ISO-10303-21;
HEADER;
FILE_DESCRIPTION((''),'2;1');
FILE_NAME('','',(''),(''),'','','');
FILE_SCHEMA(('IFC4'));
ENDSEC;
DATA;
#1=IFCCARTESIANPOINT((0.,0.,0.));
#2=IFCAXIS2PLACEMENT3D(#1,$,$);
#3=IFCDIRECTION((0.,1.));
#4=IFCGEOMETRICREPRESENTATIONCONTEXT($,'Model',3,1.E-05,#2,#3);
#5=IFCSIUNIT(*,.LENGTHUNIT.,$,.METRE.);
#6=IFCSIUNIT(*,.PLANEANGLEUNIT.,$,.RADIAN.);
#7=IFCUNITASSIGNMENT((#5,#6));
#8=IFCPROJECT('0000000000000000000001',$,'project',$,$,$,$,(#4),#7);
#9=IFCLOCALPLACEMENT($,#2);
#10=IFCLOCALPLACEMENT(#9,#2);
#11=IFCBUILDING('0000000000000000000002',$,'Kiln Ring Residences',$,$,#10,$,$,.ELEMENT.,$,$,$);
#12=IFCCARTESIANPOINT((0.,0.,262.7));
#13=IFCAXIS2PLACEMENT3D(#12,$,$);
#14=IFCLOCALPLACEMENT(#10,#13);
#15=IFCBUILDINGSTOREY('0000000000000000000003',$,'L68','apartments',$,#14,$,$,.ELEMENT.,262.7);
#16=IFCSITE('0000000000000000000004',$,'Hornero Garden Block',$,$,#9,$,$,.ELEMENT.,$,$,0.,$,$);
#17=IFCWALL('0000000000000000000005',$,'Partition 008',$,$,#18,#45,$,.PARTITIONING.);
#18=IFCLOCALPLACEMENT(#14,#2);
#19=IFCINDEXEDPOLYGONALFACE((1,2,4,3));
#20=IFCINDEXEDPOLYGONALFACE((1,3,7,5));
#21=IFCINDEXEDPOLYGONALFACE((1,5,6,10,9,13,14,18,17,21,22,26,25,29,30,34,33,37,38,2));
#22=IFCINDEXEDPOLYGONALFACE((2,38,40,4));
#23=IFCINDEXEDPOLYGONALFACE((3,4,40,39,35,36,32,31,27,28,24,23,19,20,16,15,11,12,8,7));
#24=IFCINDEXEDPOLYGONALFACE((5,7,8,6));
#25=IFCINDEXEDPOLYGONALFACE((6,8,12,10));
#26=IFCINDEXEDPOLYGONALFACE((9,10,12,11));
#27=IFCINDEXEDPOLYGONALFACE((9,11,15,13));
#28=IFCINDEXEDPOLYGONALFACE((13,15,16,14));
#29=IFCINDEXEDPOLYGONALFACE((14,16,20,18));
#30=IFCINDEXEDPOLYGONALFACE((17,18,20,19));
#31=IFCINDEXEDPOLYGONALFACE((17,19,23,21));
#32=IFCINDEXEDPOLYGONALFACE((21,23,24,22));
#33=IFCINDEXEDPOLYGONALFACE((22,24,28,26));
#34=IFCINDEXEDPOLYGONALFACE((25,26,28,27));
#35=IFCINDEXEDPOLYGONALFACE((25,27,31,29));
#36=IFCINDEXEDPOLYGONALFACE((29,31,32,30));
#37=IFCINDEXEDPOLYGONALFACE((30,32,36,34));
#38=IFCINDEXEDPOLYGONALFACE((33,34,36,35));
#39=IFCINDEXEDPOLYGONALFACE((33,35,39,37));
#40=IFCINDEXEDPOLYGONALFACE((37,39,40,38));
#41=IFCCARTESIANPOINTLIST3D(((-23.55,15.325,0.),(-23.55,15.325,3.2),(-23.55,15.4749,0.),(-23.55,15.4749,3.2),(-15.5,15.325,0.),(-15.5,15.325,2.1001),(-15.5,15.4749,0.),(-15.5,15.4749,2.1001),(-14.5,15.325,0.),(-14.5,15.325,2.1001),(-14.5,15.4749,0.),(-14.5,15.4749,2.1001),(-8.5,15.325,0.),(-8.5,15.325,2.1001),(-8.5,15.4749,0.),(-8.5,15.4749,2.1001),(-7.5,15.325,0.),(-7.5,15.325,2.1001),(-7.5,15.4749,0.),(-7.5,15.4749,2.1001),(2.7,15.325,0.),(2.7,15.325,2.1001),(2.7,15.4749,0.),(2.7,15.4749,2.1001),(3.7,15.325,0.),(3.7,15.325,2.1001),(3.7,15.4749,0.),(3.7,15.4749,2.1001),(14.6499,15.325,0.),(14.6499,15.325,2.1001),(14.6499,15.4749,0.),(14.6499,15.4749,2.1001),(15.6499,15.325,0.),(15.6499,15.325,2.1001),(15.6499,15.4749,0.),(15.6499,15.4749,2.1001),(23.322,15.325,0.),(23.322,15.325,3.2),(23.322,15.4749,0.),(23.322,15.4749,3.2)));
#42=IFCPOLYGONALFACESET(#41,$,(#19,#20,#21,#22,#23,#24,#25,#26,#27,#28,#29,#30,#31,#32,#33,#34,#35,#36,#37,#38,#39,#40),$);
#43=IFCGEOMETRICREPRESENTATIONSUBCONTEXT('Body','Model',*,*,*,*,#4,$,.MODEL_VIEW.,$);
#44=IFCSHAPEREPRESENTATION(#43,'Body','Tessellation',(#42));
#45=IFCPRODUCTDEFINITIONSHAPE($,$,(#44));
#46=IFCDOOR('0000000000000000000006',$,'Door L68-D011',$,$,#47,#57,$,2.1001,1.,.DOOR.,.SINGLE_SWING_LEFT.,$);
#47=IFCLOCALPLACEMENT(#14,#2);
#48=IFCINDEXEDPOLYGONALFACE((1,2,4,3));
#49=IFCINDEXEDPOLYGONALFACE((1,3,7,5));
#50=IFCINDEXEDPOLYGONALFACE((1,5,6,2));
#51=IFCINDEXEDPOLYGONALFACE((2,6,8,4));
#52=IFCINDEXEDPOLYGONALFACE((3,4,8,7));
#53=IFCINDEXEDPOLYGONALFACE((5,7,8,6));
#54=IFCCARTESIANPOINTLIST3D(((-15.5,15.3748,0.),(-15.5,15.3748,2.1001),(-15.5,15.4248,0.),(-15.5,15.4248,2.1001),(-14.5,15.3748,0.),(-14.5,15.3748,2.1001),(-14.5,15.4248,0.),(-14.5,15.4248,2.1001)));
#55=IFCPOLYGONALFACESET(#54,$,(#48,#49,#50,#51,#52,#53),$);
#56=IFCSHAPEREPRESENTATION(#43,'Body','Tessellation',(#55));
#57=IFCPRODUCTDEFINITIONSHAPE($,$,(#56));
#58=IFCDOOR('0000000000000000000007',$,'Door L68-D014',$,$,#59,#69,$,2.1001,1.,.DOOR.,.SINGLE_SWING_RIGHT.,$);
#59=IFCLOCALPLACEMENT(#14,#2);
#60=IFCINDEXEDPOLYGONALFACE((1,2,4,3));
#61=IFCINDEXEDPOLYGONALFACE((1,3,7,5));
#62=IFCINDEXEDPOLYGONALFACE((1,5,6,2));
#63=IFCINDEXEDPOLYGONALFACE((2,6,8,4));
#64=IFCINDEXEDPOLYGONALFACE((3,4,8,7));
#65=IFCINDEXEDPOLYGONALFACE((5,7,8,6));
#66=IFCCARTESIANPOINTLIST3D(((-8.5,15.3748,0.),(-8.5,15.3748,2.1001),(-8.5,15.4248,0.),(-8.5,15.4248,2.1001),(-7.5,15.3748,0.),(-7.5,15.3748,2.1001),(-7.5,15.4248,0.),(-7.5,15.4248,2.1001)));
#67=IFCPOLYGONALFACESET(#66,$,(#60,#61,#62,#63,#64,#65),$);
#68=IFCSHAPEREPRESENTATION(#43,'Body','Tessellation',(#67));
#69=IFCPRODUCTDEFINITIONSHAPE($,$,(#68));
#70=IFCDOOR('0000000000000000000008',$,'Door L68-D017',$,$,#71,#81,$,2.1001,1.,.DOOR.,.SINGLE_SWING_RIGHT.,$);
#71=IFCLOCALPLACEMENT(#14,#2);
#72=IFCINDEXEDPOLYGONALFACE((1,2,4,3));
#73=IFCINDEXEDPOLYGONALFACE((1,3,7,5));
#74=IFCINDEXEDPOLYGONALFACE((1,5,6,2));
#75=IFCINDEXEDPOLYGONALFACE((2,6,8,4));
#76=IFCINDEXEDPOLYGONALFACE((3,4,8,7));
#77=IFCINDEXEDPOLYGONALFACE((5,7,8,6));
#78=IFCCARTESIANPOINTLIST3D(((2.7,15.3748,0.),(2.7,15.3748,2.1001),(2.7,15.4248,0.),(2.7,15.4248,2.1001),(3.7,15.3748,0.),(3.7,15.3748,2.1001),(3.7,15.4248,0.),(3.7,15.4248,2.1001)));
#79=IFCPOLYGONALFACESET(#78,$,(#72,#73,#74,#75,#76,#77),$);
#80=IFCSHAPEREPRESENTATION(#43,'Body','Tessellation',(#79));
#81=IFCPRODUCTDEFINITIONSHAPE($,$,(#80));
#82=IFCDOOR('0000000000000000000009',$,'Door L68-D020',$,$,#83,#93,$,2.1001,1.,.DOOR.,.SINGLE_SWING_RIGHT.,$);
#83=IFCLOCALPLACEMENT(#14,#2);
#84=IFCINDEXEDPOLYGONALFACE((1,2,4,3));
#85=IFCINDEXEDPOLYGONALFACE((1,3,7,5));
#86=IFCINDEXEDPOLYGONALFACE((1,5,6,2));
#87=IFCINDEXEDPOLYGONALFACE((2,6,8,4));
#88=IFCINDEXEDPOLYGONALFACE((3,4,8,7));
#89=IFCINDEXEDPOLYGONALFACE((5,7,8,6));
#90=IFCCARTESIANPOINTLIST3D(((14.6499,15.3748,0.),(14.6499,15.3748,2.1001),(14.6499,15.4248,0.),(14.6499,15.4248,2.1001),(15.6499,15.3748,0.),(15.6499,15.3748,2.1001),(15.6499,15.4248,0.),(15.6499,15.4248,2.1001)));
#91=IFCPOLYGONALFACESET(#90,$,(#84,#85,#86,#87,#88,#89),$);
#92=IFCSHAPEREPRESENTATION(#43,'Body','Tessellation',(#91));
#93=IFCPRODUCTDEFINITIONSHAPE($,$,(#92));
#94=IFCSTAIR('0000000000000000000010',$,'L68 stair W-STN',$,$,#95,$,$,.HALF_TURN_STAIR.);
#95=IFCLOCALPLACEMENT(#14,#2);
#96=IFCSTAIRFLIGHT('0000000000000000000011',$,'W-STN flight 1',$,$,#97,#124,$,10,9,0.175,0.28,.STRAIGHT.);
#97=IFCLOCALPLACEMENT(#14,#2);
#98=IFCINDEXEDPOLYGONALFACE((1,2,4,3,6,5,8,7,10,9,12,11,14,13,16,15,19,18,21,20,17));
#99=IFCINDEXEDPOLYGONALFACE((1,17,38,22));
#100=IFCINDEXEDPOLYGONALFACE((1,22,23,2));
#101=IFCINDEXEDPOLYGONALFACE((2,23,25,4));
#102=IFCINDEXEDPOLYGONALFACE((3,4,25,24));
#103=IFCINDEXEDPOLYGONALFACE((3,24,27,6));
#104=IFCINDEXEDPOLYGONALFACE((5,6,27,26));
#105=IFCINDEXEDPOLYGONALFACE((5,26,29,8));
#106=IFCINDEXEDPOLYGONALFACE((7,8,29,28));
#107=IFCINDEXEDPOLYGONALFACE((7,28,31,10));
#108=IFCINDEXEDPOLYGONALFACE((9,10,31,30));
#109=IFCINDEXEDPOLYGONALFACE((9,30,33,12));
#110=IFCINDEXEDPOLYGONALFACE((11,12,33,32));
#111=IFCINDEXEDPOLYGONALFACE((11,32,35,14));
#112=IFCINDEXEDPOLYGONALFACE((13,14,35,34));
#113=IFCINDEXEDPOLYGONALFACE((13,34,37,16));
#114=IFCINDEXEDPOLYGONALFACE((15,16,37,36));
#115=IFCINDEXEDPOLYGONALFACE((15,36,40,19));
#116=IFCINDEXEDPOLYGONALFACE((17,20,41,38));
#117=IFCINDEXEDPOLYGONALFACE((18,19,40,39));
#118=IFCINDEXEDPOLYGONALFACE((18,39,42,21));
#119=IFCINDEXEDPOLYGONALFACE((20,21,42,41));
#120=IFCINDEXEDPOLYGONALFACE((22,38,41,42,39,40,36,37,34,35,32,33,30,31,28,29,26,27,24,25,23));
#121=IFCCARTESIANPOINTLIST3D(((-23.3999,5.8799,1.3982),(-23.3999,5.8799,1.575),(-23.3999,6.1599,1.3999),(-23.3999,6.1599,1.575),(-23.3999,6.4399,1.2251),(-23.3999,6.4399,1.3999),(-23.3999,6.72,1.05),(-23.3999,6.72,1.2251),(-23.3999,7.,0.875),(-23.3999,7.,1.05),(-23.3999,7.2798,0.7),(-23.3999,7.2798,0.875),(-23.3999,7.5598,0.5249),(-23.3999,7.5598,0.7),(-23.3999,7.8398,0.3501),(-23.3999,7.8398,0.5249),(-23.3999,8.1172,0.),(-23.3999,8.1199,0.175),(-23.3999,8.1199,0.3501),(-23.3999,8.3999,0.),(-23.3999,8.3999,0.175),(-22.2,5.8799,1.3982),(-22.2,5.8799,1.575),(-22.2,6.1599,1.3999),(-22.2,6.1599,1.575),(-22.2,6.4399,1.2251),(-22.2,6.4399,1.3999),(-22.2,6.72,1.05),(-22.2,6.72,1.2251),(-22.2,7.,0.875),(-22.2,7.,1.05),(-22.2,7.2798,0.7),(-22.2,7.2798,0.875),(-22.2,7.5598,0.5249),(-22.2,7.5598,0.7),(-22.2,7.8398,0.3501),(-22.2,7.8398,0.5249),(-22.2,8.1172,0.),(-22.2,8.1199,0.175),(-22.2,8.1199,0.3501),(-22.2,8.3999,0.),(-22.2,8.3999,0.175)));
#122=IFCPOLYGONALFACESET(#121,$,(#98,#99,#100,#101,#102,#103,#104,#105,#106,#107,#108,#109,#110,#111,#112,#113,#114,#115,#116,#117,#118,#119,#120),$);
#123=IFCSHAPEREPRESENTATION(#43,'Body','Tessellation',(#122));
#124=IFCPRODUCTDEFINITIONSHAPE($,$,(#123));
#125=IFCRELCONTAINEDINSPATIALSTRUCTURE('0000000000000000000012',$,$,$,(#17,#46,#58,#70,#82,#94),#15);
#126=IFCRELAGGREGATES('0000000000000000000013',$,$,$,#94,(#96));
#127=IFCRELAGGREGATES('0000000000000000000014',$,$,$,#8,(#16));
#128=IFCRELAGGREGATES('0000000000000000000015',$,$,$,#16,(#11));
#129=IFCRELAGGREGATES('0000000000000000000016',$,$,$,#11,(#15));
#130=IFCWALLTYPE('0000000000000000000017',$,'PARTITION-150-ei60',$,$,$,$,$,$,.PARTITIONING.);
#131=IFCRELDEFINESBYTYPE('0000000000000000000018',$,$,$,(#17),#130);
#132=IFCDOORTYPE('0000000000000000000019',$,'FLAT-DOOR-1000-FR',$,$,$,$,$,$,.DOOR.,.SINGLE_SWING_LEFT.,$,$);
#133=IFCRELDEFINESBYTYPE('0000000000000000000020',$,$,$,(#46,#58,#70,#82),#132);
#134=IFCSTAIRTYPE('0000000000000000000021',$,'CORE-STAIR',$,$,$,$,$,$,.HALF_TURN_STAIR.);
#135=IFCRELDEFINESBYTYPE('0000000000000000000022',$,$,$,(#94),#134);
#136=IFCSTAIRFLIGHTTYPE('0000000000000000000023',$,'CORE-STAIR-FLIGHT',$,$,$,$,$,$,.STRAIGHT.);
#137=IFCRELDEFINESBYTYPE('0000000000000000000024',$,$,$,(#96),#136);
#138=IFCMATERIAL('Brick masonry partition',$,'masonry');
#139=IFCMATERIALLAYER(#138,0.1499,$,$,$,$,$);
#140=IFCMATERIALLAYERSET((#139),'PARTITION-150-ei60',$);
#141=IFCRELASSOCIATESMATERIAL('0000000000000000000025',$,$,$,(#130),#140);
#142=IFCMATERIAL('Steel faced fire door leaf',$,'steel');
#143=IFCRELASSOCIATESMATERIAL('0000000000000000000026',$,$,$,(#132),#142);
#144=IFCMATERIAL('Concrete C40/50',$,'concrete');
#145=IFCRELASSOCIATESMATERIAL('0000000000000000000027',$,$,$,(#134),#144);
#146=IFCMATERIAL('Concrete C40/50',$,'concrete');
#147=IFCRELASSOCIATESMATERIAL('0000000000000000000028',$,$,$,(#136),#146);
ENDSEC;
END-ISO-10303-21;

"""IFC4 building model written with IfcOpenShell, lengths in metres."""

from ifc_helpers import new_model, si_unit, direction, frame, frame_2d, origin, place, context, subcontext, project, spatial, polyline, rectangle, outline, extrude, material, layer, layer_set, type_object, element, fill, aggregate, save


model = new_model("IFC4")

# Units and contexts
model_context = context("Model", 3, precision=1e-05, world=origin(), true_north=direction((0.0, 1.0)))
body_context = subcontext(model_context, "Body", "Model", "MODEL_VIEW")
ifc_project = project(units=[si_unit("LENGTHUNIT", "METRE"), si_unit("PLANEANGLEUNIT", "RADIAN")], contexts=[model_context])

# Site, building, storey
site_placement = place(None, origin())
site = spatial("IfcSite", under=ifc_project, at=site_placement, Name="Hornero Garden Block", CompositionType="ELEMENT", RefElevation=0.0)
building_placement = place(site_placement, origin())
building = spatial("IfcBuilding", under=site, at=building_placement, Name="Kiln Ring Residences", CompositionType="ELEMENT")
storey_placement = place(building_placement, frame((0.0, 0.0, 262.7)))
storey = spatial("IfcBuildingStorey", under=building, at=storey_placement, Name="L68", Description="apartments", CompositionType="ELEMENT", Elevation=262.7)

# Wall, openings, doors
ifc_material_1 = material(Name="Brick masonry partition", Category="masonry")
ifc_layer_1 = layer(ifc_material_1, 0.1499)
ifc_layer_set_1 = layer_set([ifc_layer_1], Name="PARTITION-150-ei60")
wall_type_1 = type_object("IfcWallType", Name="PARTITION-150-ei60", PredefinedType="PARTITIONING", material=ifc_layer_set_1)
wall_1_placement = place(storey_placement, frame((-23.55, 15.3999, 0.0), z_axis=(0.0, 0.0, 1.0), x_axis=(1.0, 0.0, 0.0)))
wall_1 = element("IfcWall", 1, at=wall_1_placement, inside=storey, type_object=wall_type_1, Name="Partition 008", PredefinedType="PARTITIONING", context=body_context, shape_type="SweptSolid", body=[
    extrude(rectangle(XDim=46.8721, YDim=0.1499, at=frame_2d((23.436, 0.0))), origin(), (0.0, 0.0, 1.0), 3.2),
])
opening_1_placement = place(wall_1_placement, frame((8.05, 0.0, 0.0)))
opening_1 = element("IfcOpeningElement", 2, at=opening_1_placement, cuts=wall_1, PredefinedType="OPENING", context=body_context, shape_type="SweptSolid", body=[
    extrude(rectangle(XDim=1.0, YDim=2.1001, at=frame_2d((0.5, 1.05))), frame((0.0, 0.085, 0.0), z_axis=(0.0, -1.0, 0.0), x_axis=(1.0, 0.0, 0.0)), (0.0, 0.0, 1.0), 0.1699),
])
opening_2_placement = place(wall_1_placement, frame((15.05, 0.0, 0.0)))
opening_2 = element("IfcOpeningElement", 3, at=opening_2_placement, cuts=wall_1, PredefinedType="OPENING", context=body_context, shape_type="SweptSolid", body=[
    extrude(rectangle(XDim=1.0, YDim=2.1001, at=frame_2d((0.5, 1.05))), frame((0.0, 0.085, 0.0), z_axis=(0.0, -1.0, 0.0), x_axis=(1.0, 0.0, 0.0)), (0.0, 0.0, 1.0), 0.1699),
])
opening_3_placement = place(wall_1_placement, frame((26.25, 0.0, 0.0)))
opening_3 = element("IfcOpeningElement", 4, at=opening_3_placement, cuts=wall_1, PredefinedType="OPENING", context=body_context, shape_type="SweptSolid", body=[
    extrude(rectangle(XDim=1.0, YDim=2.1001, at=frame_2d((0.5, 1.05))), frame((0.0, 0.085, 0.0), z_axis=(0.0, -1.0, 0.0), x_axis=(1.0, 0.0, 0.0)), (0.0, 0.0, 1.0), 0.1699),
])
opening_4_placement = place(wall_1_placement, frame((38.2, 0.0, 0.0)))
opening_4 = element("IfcOpeningElement", 5, at=opening_4_placement, cuts=wall_1, PredefinedType="OPENING", context=body_context, shape_type="SweptSolid", body=[
    extrude(rectangle(XDim=1.0, YDim=2.1001, at=frame_2d((0.5, 1.05))), frame((0.0, 0.085, 0.0), z_axis=(0.0, -1.0, 0.0), x_axis=(1.0, 0.0, 0.0)), (0.0, 0.0, 1.0), 0.1699),
])
ifc_material_2 = material(Name="Steel faced fire door leaf", Category="steel")
door_type = type_object("IfcDoorType", Name="FLAT-DOOR-1000-FR", OperationType="SINGLE_SWING_LEFT", PredefinedType="DOOR", material=ifc_material_2)
door_1_placement = place(opening_1_placement, origin())
door_1 = element("IfcDoor", 6, at=door_1_placement, inside=storey, type_object=door_type, Name="Door L68-D011", OperationType="SINGLE_SWING_LEFT", OverallHeight=2.1001, OverallWidth=1.0, PredefinedType="DOOR", context=body_context, shape_type="SweptSolid", body=[
    extrude(rectangle(XDim=1.0, YDim=2.1001, at=frame_2d((0.5, 1.05))), frame((0.0, 0.0249, 0.0), z_axis=(0.0, -1.0, 0.0), x_axis=(1.0, 0.0, 0.0)), (0.0, 0.0, 1.0), 0.05),
])
fill(opening_1, door_1)
door_2_placement = place(opening_2_placement, origin())
door_2 = element("IfcDoor", 7, at=door_2_placement, inside=storey, type_object=door_type, Name="Door L68-D014", OperationType="SINGLE_SWING_RIGHT", OverallHeight=2.1001, OverallWidth=1.0, PredefinedType="DOOR", context=body_context, shape_type="SweptSolid", body=[
    extrude(rectangle(XDim=1.0, YDim=2.1001, at=frame_2d((0.5, 1.05))), frame((0.0, 0.0249, 0.0), z_axis=(0.0, -1.0, 0.0), x_axis=(1.0, 0.0, 0.0)), (0.0, 0.0, 1.0), 0.05),
])
fill(opening_2, door_2)
door_3_placement = place(opening_3_placement, origin())
door_3 = element("IfcDoor", 8, at=door_3_placement, inside=storey, type_object=door_type, Name="Door L68-D017", OperationType="SINGLE_SWING_RIGHT", OverallHeight=2.1001, OverallWidth=1.0, PredefinedType="DOOR", context=body_context, shape_type="SweptSolid", body=[
    extrude(rectangle(XDim=1.0, YDim=2.1001, at=frame_2d((0.5, 1.05))), frame((0.0, 0.0249, 0.0), z_axis=(0.0, -1.0, 0.0), x_axis=(1.0, 0.0, 0.0)), (0.0, 0.0, 1.0), 0.05),
])
fill(opening_3, door_3)
door_4_placement = place(opening_4_placement, origin())
door_4 = element("IfcDoor", 9, at=door_4_placement, inside=storey, type_object=door_type, Name="Door L68-D020", OperationType="SINGLE_SWING_RIGHT", OverallHeight=2.1001, OverallWidth=1.0, PredefinedType="DOOR", context=body_context, shape_type="SweptSolid", body=[
    extrude(rectangle(XDim=1.0, YDim=2.1001, at=frame_2d((0.5, 1.05))), frame((0.0, 0.0249, 0.0), z_axis=(0.0, -1.0, 0.0), x_axis=(1.0, 0.0, 0.0)), (0.0, 0.0, 1.0), 0.05),
])
fill(opening_4, door_4)

# Stair, stair flight
ifc_material_3 = material(Name="Concrete C40/50", Category="concrete")
stair_type = type_object("IfcStairType", Name="CORE-STAIR", PredefinedType="HALF_TURN_STAIR", material=ifc_material_3)
stair_placement = place(storey_placement, origin())
stair = element("IfcStair", 10, at=stair_placement, inside=storey, type_object=stair_type, Name="L68 stair W-STN", PredefinedType="HALF_TURN_STAIR")
ifc_material_4 = material(Name="Concrete C40/50", Category="concrete")
stair_flight_type = type_object("IfcStairFlightType", Name="CORE-STAIR-FLIGHT", PredefinedType="STRAIGHT", material=ifc_material_4)
stair_flight_placement = place(storey_placement, frame((-22.8, 8.3999, 0.0), z_axis=(0.0, 0.0, 1.0), x_axis=(0.0, -1.0, 0.0)))
stair_flight = element("IfcStairFlight", 11, at=stair_flight_placement, type_object=stair_flight_type, Name="W-STN flight 1", NumberOfRisers=10, NumberOfTreads=9, PredefinedType="STRAIGHT", RiserHeight=0.175, TreadLength=0.28, context=body_context, shape_type="SweptSolid", body=[
    extrude(outline(polyline([(0.0, 0.0), (0.0, 0.175), (0.28, 0.175), (0.28, 0.3501), (0.5601, 0.3501), (0.5601, 0.5249), (0.8401, 0.5249), (0.8401, 0.7), (1.1201, 0.7), (1.1201, 0.875), (1.3999, 0.875), (1.3999, 1.05), (1.6799, 1.05), (1.6799, 1.2251), (1.96, 1.2251), (1.96, 1.3999), (2.24, 1.3999), (2.24, 1.575), (2.52, 1.575), (2.52, 1.75), (2.52, 1.3982), (0.2827, 0.0), (0.0, 0.0)])), frame((0.0, 0.6001, 0.0), z_axis=(0.0, -1.0, 0.0), x_axis=(1.0, 0.0, 0.0)), (0.0, 0.0, 1.0), 1.2),
])
aggregate(stair, [stair_flight])

save(model, "model.ifc")
